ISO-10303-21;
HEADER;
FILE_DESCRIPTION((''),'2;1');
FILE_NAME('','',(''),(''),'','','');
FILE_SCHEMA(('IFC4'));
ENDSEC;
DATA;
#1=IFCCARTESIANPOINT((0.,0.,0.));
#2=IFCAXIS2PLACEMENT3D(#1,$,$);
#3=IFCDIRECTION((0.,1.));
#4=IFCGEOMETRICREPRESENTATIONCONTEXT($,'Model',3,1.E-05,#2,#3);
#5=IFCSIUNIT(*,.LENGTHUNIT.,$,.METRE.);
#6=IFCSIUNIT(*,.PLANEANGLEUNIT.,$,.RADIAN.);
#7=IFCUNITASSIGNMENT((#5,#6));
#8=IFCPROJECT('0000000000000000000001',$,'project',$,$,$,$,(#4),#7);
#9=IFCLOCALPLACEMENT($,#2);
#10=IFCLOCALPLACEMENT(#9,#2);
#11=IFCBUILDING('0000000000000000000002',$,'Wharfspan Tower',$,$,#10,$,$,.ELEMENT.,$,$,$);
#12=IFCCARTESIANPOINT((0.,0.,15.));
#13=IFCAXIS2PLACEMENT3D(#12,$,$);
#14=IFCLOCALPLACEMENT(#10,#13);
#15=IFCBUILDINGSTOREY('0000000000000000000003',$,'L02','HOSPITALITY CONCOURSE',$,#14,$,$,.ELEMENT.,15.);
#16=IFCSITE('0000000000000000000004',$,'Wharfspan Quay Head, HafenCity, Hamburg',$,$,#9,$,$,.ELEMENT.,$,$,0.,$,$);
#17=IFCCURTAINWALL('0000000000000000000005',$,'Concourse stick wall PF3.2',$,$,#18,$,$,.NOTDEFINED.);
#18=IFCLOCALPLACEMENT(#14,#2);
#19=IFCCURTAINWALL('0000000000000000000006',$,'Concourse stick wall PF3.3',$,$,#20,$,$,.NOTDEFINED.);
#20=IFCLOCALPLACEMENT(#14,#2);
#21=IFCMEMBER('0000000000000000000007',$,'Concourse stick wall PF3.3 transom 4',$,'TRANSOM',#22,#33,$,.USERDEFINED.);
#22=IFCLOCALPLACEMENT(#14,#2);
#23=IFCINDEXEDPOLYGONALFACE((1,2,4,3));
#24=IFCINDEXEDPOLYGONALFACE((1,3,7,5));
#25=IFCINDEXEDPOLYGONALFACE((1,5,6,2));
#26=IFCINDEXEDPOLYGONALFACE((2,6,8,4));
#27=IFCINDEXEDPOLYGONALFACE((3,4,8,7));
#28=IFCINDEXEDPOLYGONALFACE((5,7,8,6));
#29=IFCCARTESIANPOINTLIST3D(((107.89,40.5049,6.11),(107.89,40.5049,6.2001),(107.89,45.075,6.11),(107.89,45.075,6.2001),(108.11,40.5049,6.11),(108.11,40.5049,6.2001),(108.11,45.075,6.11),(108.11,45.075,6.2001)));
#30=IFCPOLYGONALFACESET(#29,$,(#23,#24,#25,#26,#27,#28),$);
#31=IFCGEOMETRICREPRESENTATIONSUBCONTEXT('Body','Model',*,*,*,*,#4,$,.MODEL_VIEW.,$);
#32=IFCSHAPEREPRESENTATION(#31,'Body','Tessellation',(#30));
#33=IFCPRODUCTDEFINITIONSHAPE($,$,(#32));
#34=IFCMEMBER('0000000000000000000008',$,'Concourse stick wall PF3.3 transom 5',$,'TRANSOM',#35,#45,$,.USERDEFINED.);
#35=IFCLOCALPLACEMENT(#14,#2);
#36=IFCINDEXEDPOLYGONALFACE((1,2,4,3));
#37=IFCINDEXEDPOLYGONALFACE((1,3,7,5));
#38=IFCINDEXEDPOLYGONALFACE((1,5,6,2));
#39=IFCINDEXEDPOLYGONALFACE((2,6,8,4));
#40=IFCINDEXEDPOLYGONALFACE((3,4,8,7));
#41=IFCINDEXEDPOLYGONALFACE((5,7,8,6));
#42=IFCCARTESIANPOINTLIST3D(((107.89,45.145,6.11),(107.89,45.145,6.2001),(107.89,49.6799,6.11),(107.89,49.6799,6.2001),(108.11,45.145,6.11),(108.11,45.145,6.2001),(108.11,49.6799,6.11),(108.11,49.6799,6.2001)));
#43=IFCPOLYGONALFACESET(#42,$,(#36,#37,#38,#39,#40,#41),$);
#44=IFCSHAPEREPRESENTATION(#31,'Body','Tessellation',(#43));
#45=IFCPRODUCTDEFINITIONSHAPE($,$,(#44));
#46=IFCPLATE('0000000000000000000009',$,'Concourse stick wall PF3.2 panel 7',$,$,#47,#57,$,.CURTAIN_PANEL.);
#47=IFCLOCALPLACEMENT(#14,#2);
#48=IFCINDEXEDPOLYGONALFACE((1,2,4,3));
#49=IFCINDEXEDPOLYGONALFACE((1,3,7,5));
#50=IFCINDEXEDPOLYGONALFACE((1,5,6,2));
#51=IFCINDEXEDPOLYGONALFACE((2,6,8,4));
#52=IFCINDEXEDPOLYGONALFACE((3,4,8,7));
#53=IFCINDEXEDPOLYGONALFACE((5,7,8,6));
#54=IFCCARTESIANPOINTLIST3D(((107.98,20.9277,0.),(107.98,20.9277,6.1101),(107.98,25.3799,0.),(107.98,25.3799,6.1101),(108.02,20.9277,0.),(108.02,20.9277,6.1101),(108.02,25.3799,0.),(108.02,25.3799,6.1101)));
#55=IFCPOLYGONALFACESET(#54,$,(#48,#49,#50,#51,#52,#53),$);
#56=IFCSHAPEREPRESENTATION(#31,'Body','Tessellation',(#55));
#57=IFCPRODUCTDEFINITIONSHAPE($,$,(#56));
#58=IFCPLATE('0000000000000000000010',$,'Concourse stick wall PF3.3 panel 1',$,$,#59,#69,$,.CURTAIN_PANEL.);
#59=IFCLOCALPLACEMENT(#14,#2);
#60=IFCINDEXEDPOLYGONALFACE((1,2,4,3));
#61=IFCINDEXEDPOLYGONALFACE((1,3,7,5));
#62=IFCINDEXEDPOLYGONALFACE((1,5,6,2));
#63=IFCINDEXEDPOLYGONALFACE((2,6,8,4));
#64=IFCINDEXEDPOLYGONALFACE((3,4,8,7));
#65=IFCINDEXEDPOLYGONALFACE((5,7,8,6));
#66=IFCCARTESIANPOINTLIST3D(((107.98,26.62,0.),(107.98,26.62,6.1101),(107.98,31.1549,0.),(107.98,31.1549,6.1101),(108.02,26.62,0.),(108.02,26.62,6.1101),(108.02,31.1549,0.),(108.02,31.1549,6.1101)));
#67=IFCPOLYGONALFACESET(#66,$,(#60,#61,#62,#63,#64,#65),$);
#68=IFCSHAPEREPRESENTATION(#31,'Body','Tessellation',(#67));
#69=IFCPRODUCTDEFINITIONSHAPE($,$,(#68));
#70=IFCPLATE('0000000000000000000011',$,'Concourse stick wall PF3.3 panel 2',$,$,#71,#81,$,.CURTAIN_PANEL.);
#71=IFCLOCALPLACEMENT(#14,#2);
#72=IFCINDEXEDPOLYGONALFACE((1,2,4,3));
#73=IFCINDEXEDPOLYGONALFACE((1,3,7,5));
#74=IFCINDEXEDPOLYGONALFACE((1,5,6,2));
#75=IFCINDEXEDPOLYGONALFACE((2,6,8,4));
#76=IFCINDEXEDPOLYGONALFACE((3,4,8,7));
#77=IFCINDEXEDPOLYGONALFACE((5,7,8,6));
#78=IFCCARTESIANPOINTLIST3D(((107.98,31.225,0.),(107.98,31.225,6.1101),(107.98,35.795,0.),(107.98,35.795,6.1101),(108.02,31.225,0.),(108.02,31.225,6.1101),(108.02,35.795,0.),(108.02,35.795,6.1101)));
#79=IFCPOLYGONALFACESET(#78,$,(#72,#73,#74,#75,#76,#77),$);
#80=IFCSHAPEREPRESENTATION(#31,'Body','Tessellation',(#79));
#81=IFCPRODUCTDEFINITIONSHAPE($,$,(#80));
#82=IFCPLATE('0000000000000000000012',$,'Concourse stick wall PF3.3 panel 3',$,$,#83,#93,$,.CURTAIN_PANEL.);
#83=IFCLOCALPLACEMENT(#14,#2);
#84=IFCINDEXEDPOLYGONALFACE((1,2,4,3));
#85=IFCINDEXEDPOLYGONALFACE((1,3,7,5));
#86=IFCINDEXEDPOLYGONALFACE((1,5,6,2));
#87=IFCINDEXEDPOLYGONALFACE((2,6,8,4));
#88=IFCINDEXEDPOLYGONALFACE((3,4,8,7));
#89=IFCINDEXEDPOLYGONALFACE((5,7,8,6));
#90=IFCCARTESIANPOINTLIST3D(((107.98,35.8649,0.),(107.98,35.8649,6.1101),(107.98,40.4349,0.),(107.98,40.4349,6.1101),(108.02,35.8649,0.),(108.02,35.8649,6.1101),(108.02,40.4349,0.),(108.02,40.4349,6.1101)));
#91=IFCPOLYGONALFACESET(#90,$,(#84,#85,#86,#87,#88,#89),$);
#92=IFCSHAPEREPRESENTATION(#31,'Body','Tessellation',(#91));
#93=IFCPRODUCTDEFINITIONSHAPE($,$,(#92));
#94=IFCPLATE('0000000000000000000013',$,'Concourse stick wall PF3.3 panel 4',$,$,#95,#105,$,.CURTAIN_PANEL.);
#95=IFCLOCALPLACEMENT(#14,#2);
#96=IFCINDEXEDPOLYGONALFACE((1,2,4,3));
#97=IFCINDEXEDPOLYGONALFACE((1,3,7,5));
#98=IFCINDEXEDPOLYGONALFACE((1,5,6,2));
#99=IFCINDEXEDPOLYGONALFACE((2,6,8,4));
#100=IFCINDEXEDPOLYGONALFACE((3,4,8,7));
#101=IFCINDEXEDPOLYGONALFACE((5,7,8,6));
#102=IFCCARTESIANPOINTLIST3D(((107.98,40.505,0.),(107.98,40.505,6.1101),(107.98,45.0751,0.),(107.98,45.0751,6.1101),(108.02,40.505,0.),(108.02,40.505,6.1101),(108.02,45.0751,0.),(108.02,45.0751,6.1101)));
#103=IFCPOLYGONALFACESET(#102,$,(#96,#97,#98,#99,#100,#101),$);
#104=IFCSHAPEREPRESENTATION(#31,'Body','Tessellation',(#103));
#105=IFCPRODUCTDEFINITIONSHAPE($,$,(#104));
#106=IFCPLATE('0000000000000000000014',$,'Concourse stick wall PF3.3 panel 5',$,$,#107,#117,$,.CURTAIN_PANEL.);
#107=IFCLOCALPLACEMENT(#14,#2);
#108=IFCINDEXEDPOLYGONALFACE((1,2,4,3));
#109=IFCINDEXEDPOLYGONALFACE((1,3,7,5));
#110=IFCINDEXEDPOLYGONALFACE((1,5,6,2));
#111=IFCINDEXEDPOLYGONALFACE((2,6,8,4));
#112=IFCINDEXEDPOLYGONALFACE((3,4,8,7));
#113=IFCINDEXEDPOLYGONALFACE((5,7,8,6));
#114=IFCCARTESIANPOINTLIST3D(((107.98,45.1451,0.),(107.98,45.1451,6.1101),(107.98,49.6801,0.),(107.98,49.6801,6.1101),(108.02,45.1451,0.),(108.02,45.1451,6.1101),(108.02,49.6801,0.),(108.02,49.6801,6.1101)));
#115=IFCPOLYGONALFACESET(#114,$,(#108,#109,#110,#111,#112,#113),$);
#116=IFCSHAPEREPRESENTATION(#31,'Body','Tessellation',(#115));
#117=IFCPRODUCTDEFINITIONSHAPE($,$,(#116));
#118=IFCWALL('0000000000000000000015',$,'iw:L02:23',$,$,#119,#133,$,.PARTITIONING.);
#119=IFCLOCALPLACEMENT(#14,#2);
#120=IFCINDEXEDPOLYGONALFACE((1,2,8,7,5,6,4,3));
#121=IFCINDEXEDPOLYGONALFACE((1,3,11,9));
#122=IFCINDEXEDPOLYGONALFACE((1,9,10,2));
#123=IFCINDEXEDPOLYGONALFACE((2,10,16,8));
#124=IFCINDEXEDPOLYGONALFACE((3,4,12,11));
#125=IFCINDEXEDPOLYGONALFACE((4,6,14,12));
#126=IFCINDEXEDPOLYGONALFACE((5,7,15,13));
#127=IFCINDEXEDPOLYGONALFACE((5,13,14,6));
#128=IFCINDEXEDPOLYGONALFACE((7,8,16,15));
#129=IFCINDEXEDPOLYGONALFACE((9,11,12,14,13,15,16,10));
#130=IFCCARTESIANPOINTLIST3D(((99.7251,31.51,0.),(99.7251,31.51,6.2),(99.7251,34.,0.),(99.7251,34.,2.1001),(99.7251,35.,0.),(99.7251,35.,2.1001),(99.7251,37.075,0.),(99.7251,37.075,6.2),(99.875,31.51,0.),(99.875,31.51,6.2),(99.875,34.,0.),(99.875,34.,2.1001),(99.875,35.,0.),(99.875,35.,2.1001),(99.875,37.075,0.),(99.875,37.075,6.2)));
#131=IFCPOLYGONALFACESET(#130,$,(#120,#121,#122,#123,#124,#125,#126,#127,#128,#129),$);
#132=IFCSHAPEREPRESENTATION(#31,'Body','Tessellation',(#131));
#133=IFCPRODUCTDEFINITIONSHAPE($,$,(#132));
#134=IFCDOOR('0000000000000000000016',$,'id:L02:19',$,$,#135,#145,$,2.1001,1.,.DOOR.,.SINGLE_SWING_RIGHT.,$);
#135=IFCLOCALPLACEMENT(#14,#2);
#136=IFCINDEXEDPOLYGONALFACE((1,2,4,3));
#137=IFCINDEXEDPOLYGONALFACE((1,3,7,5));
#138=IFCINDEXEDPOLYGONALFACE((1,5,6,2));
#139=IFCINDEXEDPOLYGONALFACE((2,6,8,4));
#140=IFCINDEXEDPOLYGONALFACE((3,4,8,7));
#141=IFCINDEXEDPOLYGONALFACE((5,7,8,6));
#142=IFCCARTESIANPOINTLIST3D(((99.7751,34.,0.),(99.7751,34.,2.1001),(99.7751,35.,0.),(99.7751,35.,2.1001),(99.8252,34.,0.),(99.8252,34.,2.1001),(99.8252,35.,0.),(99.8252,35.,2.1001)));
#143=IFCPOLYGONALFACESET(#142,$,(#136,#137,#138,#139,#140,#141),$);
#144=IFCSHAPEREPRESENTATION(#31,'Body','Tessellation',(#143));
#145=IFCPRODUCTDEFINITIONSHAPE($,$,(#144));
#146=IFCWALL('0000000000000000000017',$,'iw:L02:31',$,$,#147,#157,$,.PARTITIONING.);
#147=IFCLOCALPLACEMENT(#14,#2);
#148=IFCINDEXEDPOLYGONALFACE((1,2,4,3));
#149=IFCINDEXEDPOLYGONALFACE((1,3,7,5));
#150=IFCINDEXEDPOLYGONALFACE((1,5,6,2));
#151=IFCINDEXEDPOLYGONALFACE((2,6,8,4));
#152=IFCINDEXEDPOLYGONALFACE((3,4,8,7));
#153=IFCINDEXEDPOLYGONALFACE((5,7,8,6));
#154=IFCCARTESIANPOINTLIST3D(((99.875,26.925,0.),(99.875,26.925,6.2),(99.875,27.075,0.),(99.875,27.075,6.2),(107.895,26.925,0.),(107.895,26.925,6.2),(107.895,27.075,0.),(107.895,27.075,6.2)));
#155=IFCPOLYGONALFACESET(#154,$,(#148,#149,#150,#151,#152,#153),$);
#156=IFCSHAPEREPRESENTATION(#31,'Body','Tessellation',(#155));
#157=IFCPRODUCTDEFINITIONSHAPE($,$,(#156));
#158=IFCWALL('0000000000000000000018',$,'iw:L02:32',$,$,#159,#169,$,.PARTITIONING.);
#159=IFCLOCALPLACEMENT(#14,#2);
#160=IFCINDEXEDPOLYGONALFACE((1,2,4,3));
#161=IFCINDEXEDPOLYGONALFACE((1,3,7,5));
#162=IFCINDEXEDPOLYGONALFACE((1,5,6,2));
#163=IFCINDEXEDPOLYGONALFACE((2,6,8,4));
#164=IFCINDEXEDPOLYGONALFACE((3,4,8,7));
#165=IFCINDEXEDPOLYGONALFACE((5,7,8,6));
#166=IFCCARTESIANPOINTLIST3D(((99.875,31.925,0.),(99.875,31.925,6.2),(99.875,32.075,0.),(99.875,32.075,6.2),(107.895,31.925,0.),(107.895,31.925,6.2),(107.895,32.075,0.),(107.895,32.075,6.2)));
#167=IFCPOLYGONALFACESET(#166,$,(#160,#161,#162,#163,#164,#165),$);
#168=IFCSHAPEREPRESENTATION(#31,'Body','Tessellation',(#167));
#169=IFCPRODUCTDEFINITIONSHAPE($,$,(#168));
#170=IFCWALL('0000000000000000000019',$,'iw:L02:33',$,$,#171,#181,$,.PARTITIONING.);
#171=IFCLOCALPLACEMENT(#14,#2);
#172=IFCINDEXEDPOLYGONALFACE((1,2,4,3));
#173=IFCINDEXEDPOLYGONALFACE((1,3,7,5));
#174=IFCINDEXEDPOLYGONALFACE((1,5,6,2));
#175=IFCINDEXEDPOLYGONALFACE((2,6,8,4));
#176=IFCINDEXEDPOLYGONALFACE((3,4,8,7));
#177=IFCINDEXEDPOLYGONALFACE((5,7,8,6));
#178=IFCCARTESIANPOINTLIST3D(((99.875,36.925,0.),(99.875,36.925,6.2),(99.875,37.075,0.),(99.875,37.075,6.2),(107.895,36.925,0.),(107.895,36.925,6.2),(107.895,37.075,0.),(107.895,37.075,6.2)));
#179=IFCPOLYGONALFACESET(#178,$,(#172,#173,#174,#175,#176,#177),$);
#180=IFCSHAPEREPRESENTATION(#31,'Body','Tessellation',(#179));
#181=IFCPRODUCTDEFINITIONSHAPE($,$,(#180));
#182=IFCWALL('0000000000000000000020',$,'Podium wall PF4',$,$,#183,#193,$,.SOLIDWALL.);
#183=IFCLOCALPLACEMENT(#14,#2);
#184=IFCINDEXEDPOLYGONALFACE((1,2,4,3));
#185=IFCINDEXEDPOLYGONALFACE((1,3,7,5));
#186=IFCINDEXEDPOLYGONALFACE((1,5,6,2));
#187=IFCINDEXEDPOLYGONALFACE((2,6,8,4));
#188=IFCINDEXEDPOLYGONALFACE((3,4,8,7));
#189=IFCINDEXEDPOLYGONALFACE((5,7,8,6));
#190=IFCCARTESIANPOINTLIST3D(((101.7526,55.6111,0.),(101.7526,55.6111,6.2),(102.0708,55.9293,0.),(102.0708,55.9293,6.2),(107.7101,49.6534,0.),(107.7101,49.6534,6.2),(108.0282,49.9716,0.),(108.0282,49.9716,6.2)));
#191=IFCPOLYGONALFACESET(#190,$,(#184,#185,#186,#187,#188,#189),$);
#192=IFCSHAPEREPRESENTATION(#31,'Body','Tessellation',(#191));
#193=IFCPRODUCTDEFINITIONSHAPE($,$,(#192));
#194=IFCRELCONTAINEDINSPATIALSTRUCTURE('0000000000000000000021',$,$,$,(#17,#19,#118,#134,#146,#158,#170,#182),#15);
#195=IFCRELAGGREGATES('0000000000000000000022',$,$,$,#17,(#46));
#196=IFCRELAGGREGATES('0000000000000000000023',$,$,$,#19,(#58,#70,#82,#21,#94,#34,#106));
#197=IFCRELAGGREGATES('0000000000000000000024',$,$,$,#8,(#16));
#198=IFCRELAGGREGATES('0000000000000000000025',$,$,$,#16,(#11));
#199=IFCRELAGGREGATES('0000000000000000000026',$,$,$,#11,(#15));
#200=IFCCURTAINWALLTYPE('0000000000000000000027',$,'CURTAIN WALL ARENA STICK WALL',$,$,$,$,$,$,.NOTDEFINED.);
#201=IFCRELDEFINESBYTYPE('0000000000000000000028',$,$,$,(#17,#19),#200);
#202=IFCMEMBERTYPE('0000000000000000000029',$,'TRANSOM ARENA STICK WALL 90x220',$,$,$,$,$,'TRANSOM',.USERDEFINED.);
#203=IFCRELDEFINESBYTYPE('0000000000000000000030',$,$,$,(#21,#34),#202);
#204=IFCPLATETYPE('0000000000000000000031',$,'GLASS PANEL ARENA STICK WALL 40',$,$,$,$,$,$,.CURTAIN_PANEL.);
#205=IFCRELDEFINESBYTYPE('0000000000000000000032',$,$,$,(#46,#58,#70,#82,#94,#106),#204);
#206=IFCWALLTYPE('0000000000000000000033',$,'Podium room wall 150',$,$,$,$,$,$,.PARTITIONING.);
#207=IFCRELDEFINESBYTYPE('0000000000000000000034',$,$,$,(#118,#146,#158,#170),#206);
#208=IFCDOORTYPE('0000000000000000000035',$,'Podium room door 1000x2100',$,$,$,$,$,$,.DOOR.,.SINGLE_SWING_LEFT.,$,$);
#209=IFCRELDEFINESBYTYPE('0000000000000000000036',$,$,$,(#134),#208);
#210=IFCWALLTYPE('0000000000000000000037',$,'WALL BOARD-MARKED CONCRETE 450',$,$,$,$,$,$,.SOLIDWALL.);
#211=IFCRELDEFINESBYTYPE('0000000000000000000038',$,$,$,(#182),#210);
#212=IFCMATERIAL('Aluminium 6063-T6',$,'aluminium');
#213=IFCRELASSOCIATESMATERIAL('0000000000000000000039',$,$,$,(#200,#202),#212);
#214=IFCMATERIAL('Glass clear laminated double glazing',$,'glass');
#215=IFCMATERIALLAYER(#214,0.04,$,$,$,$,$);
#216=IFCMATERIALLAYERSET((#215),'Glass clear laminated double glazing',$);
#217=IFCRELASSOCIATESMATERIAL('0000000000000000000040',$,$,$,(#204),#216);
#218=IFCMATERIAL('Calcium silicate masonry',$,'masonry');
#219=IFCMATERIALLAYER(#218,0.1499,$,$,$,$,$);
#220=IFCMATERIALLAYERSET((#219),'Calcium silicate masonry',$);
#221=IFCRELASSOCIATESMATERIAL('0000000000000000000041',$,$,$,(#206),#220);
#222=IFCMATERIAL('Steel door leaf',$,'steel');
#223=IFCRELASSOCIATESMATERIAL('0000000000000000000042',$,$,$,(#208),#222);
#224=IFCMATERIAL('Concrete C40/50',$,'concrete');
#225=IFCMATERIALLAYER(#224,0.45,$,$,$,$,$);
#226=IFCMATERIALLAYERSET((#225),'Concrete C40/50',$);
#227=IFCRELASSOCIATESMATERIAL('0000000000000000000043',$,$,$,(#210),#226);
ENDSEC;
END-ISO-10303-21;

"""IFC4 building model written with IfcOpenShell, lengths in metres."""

from ifc_helpers import new_model, si_unit, direction, frame, frame_2d, origin, origin_2d, place, context, subcontext, project, spatial, rectangle, extrude, material, layer, layer_set, material_profile, profile_set, type_object, element, fill, aggregate, save


model = new_model("IFC4")

# Units and contexts
model_context = context("Model", 3, precision=1e-05, world=origin(), true_north=direction((0.0, 1.0)))
body_context = subcontext(model_context, "Body", "Model", "MODEL_VIEW")
ifc_project = project(units=[si_unit("LENGTHUNIT", "METRE"), si_unit("PLANEANGLEUNIT", "RADIAN")], contexts=[model_context])

# Site, building, storey
site_placement = place(None, origin())
site = spatial("IfcSite", under=ifc_project, at=site_placement, Name="Wharfspan Quay Head, HafenCity, Hamburg", CompositionType="ELEMENT", RefElevation=0.0)
building_placement = place(site_placement, origin())
building = spatial("IfcBuilding", under=site, at=building_placement, Name="Wharfspan Tower", CompositionType="ELEMENT")
storey_placement = place(building_placement, frame((0.0, 0.0, 15.0)))
storey = spatial("IfcBuildingStorey", under=building, at=storey_placement, Name="L02", Description="HOSPITALITY CONCOURSE", CompositionType="ELEMENT", Elevation=15.0)

# Curtain wall
ifc_material_1 = material(Name="Aluminium 6063-T6", Category="aluminium")
curtain_wall_type = type_object("IfcCurtainWallType", Name="CURTAIN WALL ARENA STICK WALL", PredefinedType="NOTDEFINED", material=ifc_material_1)
curtain_wall_1_placement = place(storey_placement, origin())
curtain_wall_1 = element("IfcCurtainWall", 1, at=curtain_wall_1_placement, inside=storey, type_object=curtain_wall_type, Name="Concourse stick wall PF3.2", PredefinedType="NOTDEFINED")

# Curtain wall, members
curtain_wall_2_placement = place(storey_placement, origin())
curtain_wall_2 = element("IfcCurtainWall", 2, at=curtain_wall_2_placement, inside=storey, type_object=curtain_wall_type, Name="Concourse stick wall PF3.3", PredefinedType="NOTDEFINED")
ifc_material_profile_1 = material_profile(ifc_material_1, rectangle(XDim=0.22, YDim=0.0901, at=origin_2d()))
ifc_profile_set_1 = profile_set([ifc_material_profile_1], Name="Aluminium 6063-T6")
member_type_1 = type_object("IfcMemberType", Name="TRANSOM ARENA STICK WALL 90x220", ElementType="TRANSOM", PredefinedType="USERDEFINED", material=ifc_profile_set_1)
member_1_placement = place(storey_placement, frame((108.0, 40.5049, 6.155), z_axis=(0.0, 1.0, 0.0), x_axis=(-1.0, 0.0, 0.0)))
member_1 = element("IfcMember", 3, at=member_1_placement, type_object=member_type_1, Name="Concourse stick wall PF3.3 transom 4", ObjectType="TRANSOM", PredefinedType="USERDEFINED", context=body_context, shape_type="SweptSolid", body=[
    extrude(rectangle(XDim=0.22, YDim=0.0901, at=origin_2d()), origin(), (0.0, 0.0, 1.0), 4.5701),
])
member_2_placement = place(storey_placement, frame((108.0, 45.145, 6.155), z_axis=(0.0, 1.0, 0.0), x_axis=(-1.0, 0.0, 0.0)))
member_2 = element("IfcMember", 4, at=member_2_placement, type_object=member_type_1, Name="Concourse stick wall PF3.3 transom 5", ObjectType="TRANSOM", PredefinedType="USERDEFINED", context=body_context, shape_type="SweptSolid", body=[
    extrude(rectangle(XDim=0.22, YDim=0.0901, at=origin_2d()), origin(), (0.0, 0.0, 1.0), 4.5349),
])

# Plates
ifc_material_2 = material(Name="Glass clear laminated double glazing", Category="glass")
ifc_layer_1 = layer(ifc_material_2, 0.04)
ifc_layer_set_1 = layer_set([ifc_layer_1], Name="Glass clear laminated double glazing")
plate_type = type_object("IfcPlateType", Name="GLASS PANEL ARENA STICK WALL 40", PredefinedType="CURTAIN_PANEL", material=ifc_layer_set_1)
plate_1_placement = place(storey_placement, frame((108.0, 23.1538, 0.0), z_axis=(0.0, 0.0, 1.0), x_axis=(0.0, 1.0, 0.0)))
plate_1 = element("IfcPlate", 5, at=plate_1_placement, type_object=plate_type, Name="Concourse stick wall PF3.2 panel 7", PredefinedType="CURTAIN_PANEL", context=body_context, shape_type="SweptSolid", body=[
    extrude(rectangle(XDim=4.4521, YDim=0.04, at=origin_2d()), origin(), (0.0, 0.0, 1.0), 6.1101),
])
aggregate(curtain_wall_1, [plate_1])
plate_2_placement = place(storey_placement, frame((108.0, 28.8875, 0.0), z_axis=(0.0, 0.0, 1.0), x_axis=(0.0, 1.0, 0.0)))
plate_2 = element("IfcPlate", 6, at=plate_2_placement, type_object=plate_type, Name="Concourse stick wall PF3.3 panel 1", PredefinedType="CURTAIN_PANEL", context=body_context, shape_type="SweptSolid", body=[
    extrude(rectangle(XDim=4.5349, YDim=0.04, at=origin_2d()), origin(), (0.0, 0.0, 1.0), 6.1101),
])
plate_3_placement = place(storey_placement, frame((108.0, 33.51, 0.0), z_axis=(0.0, 0.0, 1.0), x_axis=(0.0, 1.0, 0.0)))
plate_3 = element("IfcPlate", 7, at=plate_3_placement, type_object=plate_type, Name="Concourse stick wall PF3.3 panel 2", PredefinedType="CURTAIN_PANEL", context=body_context, shape_type="SweptSolid", body=[
    extrude(rectangle(XDim=4.5701, YDim=0.04, at=origin_2d()), origin(), (0.0, 0.0, 1.0), 6.1101),
])
plate_4_placement = place(storey_placement, frame((108.0, 38.1499, 0.0), z_axis=(0.0, 0.0, 1.0), x_axis=(0.0, 1.0, 0.0)))
plate_4 = element("IfcPlate", 8, at=plate_4_placement, type_object=plate_type, Name="Concourse stick wall PF3.3 panel 3", PredefinedType="CURTAIN_PANEL", context=body_context, shape_type="SweptSolid", body=[
    extrude(rectangle(XDim=4.5701, YDim=0.04, at=origin_2d()), origin(), (0.0, 0.0, 1.0), 6.1101),
])
plate_5_placement = place(storey_placement, frame((108.0, 42.79, 0.0), z_axis=(0.0, 0.0, 1.0), x_axis=(0.0, 1.0, 0.0)))
plate_5 = element("IfcPlate", 9, at=plate_5_placement, type_object=plate_type, Name="Concourse stick wall PF3.3 panel 4", PredefinedType="CURTAIN_PANEL", context=body_context, shape_type="SweptSolid", body=[
    extrude(rectangle(XDim=4.5701, YDim=0.04, at=origin_2d()), origin(), (0.0, 0.0, 1.0), 6.1101),
])
plate_6_placement = place(storey_placement, frame((108.0, 47.4126, 0.0), z_axis=(0.0, 0.0, 1.0), x_axis=(0.0, 1.0, 0.0)))
plate_6 = element("IfcPlate", 10, at=plate_6_placement, type_object=plate_type, Name="Concourse stick wall PF3.3 panel 5", PredefinedType="CURTAIN_PANEL", context=body_context, shape_type="SweptSolid", body=[
    extrude(rectangle(XDim=4.5349, YDim=0.04, at=origin_2d()), origin(), (0.0, 0.0, 1.0), 6.1101),
])
aggregate(curtain_wall_2, [plate_2, plate_3, plate_4, member_1, plate_5, member_2, plate_6])

# Wall, opening, door
ifc_material_3 = material(Name="Calcium silicate masonry", Category="masonry")
ifc_layer_2 = layer(ifc_material_3, 0.1499)
ifc_layer_set_2 = layer_set([ifc_layer_2], Name="Calcium silicate masonry")
wall_type_1 = type_object("IfcWallType", Name="Podium room wall 150", PredefinedType="PARTITIONING", material=ifc_layer_set_2)
wall_1_placement = place(storey_placement, frame((99.8, 31.51, 0.0), z_axis=(0.0, 0.0, 1.0), x_axis=(0.0, 1.0, 0.0)))
wall_1 = element("IfcWall", 11, at=wall_1_placement, inside=storey, type_object=wall_type_1, Name="iw:L02:23", PredefinedType="PARTITIONING", context=body_context, shape_type="SweptSolid", body=[
    extrude(rectangle(XDim=5.5649, YDim=0.1499, at=frame_2d((2.7825, 0.0))), origin(), (0.0, 0.0, 1.0), 6.2),
])
opening_placement = place(wall_1_placement, frame((2.49, 0.0, 0.0)))
opening = element("IfcOpeningElement", 12, at=opening_placement, cuts=wall_1, PredefinedType="OPENING", context=body_context, shape_type="SweptSolid", body=[
    extrude(rectangle(XDim=1.0, YDim=2.1001, at=frame_2d((0.5, 1.05))), frame((0.0, 0.085, 0.0), z_axis=(0.0, -1.0, 0.0), x_axis=(1.0, 0.0, 0.0)), (0.0, 0.0, 1.0), 0.1699),
])
ifc_material_4 = material(Name="Steel door leaf", Category="steel")
door_type = type_object("IfcDoorType", Name="Podium room door 1000x2100", OperationType="SINGLE_SWING_LEFT", PredefinedType="DOOR", material=ifc_material_4)
door_placement = place(opening_placement, origin())
door = element("IfcDoor", 13, at=door_placement, inside=storey, type_object=door_type, Name="id:L02:19", OperationType="SINGLE_SWING_RIGHT", OverallHeight=2.1001, OverallWidth=1.0, PredefinedType="DOOR", context=body_context, shape_type="SweptSolid", body=[
    extrude(rectangle(XDim=1.0, YDim=2.1001, at=frame_2d((0.5, 1.05))), frame((0.0, 0.0249, 0.0), z_axis=(0.0, -1.0, 0.0), x_axis=(1.0, 0.0, 0.0)), (0.0, 0.0, 1.0), 0.05),
])
fill(opening, door)

# Walls
for number, where, z_axis, x_axis, name in (
    (14, (99.875, 27.0, 0.0), (0.0, 0.0, 1.0), (1.0, 0.0, 0.0), "iw:L02:31"),
    (15, (99.875, 32.0, 0.0), (0.0, 0.0, 1.0), (1.0, 0.0, 0.0), "iw:L02:32"),
    (16, (99.875, 37.0, 0.0), (0.0, 0.0, 1.0), (1.0, 0.0, 0.0), "iw:L02:33"),
):
    element("IfcWall", number, at=place(storey_placement, frame(where, z_axis=z_axis, x_axis=x_axis)), inside=storey, type_object=wall_type_1, Name=name, PredefinedType="PARTITIONING", context=body_context, shape_type="SweptSolid", body=[
        extrude(rectangle(XDim=8.02, YDim=0.1499, at=frame_2d((4.01, 0.0))), origin(), (0.0, 0.0, 1.0), 6.2),
    ])
ifc_material_5 = material(Name="Concrete C40/50", Category="concrete")
ifc_layer_3 = layer(ifc_material_5, 0.45)
ifc_layer_set_3 = layer_set([ifc_layer_3], Name="Concrete C40/50")
wall_type_2 = type_object("IfcWallType", Name="WALL BOARD-MARKED CONCRETE 450", PredefinedType="SOLIDWALL", material=ifc_layer_set_3)
wall_2_placement = place(storey_placement, frame((107.8691, 49.8125, 0.0), z_axis=(0.0, 0.0, 1.0), x_axis=(-0.707092, 0.707121, 0.0)))
element("IfcWall", 17, at=wall_2_placement, inside=storey, type_object=wall_type_2, Name="Podium wall PF4", PredefinedType="SOLIDWALL", context=body_context, shape_type="SweptSolid", body=[
    extrude(rectangle(XDim=8.4253, YDim=0.45, at=frame_2d((4.2126, 0.0))), origin(), (0.0, 0.0, 1.0), 6.2),
])

save(model, "model.ifc")
